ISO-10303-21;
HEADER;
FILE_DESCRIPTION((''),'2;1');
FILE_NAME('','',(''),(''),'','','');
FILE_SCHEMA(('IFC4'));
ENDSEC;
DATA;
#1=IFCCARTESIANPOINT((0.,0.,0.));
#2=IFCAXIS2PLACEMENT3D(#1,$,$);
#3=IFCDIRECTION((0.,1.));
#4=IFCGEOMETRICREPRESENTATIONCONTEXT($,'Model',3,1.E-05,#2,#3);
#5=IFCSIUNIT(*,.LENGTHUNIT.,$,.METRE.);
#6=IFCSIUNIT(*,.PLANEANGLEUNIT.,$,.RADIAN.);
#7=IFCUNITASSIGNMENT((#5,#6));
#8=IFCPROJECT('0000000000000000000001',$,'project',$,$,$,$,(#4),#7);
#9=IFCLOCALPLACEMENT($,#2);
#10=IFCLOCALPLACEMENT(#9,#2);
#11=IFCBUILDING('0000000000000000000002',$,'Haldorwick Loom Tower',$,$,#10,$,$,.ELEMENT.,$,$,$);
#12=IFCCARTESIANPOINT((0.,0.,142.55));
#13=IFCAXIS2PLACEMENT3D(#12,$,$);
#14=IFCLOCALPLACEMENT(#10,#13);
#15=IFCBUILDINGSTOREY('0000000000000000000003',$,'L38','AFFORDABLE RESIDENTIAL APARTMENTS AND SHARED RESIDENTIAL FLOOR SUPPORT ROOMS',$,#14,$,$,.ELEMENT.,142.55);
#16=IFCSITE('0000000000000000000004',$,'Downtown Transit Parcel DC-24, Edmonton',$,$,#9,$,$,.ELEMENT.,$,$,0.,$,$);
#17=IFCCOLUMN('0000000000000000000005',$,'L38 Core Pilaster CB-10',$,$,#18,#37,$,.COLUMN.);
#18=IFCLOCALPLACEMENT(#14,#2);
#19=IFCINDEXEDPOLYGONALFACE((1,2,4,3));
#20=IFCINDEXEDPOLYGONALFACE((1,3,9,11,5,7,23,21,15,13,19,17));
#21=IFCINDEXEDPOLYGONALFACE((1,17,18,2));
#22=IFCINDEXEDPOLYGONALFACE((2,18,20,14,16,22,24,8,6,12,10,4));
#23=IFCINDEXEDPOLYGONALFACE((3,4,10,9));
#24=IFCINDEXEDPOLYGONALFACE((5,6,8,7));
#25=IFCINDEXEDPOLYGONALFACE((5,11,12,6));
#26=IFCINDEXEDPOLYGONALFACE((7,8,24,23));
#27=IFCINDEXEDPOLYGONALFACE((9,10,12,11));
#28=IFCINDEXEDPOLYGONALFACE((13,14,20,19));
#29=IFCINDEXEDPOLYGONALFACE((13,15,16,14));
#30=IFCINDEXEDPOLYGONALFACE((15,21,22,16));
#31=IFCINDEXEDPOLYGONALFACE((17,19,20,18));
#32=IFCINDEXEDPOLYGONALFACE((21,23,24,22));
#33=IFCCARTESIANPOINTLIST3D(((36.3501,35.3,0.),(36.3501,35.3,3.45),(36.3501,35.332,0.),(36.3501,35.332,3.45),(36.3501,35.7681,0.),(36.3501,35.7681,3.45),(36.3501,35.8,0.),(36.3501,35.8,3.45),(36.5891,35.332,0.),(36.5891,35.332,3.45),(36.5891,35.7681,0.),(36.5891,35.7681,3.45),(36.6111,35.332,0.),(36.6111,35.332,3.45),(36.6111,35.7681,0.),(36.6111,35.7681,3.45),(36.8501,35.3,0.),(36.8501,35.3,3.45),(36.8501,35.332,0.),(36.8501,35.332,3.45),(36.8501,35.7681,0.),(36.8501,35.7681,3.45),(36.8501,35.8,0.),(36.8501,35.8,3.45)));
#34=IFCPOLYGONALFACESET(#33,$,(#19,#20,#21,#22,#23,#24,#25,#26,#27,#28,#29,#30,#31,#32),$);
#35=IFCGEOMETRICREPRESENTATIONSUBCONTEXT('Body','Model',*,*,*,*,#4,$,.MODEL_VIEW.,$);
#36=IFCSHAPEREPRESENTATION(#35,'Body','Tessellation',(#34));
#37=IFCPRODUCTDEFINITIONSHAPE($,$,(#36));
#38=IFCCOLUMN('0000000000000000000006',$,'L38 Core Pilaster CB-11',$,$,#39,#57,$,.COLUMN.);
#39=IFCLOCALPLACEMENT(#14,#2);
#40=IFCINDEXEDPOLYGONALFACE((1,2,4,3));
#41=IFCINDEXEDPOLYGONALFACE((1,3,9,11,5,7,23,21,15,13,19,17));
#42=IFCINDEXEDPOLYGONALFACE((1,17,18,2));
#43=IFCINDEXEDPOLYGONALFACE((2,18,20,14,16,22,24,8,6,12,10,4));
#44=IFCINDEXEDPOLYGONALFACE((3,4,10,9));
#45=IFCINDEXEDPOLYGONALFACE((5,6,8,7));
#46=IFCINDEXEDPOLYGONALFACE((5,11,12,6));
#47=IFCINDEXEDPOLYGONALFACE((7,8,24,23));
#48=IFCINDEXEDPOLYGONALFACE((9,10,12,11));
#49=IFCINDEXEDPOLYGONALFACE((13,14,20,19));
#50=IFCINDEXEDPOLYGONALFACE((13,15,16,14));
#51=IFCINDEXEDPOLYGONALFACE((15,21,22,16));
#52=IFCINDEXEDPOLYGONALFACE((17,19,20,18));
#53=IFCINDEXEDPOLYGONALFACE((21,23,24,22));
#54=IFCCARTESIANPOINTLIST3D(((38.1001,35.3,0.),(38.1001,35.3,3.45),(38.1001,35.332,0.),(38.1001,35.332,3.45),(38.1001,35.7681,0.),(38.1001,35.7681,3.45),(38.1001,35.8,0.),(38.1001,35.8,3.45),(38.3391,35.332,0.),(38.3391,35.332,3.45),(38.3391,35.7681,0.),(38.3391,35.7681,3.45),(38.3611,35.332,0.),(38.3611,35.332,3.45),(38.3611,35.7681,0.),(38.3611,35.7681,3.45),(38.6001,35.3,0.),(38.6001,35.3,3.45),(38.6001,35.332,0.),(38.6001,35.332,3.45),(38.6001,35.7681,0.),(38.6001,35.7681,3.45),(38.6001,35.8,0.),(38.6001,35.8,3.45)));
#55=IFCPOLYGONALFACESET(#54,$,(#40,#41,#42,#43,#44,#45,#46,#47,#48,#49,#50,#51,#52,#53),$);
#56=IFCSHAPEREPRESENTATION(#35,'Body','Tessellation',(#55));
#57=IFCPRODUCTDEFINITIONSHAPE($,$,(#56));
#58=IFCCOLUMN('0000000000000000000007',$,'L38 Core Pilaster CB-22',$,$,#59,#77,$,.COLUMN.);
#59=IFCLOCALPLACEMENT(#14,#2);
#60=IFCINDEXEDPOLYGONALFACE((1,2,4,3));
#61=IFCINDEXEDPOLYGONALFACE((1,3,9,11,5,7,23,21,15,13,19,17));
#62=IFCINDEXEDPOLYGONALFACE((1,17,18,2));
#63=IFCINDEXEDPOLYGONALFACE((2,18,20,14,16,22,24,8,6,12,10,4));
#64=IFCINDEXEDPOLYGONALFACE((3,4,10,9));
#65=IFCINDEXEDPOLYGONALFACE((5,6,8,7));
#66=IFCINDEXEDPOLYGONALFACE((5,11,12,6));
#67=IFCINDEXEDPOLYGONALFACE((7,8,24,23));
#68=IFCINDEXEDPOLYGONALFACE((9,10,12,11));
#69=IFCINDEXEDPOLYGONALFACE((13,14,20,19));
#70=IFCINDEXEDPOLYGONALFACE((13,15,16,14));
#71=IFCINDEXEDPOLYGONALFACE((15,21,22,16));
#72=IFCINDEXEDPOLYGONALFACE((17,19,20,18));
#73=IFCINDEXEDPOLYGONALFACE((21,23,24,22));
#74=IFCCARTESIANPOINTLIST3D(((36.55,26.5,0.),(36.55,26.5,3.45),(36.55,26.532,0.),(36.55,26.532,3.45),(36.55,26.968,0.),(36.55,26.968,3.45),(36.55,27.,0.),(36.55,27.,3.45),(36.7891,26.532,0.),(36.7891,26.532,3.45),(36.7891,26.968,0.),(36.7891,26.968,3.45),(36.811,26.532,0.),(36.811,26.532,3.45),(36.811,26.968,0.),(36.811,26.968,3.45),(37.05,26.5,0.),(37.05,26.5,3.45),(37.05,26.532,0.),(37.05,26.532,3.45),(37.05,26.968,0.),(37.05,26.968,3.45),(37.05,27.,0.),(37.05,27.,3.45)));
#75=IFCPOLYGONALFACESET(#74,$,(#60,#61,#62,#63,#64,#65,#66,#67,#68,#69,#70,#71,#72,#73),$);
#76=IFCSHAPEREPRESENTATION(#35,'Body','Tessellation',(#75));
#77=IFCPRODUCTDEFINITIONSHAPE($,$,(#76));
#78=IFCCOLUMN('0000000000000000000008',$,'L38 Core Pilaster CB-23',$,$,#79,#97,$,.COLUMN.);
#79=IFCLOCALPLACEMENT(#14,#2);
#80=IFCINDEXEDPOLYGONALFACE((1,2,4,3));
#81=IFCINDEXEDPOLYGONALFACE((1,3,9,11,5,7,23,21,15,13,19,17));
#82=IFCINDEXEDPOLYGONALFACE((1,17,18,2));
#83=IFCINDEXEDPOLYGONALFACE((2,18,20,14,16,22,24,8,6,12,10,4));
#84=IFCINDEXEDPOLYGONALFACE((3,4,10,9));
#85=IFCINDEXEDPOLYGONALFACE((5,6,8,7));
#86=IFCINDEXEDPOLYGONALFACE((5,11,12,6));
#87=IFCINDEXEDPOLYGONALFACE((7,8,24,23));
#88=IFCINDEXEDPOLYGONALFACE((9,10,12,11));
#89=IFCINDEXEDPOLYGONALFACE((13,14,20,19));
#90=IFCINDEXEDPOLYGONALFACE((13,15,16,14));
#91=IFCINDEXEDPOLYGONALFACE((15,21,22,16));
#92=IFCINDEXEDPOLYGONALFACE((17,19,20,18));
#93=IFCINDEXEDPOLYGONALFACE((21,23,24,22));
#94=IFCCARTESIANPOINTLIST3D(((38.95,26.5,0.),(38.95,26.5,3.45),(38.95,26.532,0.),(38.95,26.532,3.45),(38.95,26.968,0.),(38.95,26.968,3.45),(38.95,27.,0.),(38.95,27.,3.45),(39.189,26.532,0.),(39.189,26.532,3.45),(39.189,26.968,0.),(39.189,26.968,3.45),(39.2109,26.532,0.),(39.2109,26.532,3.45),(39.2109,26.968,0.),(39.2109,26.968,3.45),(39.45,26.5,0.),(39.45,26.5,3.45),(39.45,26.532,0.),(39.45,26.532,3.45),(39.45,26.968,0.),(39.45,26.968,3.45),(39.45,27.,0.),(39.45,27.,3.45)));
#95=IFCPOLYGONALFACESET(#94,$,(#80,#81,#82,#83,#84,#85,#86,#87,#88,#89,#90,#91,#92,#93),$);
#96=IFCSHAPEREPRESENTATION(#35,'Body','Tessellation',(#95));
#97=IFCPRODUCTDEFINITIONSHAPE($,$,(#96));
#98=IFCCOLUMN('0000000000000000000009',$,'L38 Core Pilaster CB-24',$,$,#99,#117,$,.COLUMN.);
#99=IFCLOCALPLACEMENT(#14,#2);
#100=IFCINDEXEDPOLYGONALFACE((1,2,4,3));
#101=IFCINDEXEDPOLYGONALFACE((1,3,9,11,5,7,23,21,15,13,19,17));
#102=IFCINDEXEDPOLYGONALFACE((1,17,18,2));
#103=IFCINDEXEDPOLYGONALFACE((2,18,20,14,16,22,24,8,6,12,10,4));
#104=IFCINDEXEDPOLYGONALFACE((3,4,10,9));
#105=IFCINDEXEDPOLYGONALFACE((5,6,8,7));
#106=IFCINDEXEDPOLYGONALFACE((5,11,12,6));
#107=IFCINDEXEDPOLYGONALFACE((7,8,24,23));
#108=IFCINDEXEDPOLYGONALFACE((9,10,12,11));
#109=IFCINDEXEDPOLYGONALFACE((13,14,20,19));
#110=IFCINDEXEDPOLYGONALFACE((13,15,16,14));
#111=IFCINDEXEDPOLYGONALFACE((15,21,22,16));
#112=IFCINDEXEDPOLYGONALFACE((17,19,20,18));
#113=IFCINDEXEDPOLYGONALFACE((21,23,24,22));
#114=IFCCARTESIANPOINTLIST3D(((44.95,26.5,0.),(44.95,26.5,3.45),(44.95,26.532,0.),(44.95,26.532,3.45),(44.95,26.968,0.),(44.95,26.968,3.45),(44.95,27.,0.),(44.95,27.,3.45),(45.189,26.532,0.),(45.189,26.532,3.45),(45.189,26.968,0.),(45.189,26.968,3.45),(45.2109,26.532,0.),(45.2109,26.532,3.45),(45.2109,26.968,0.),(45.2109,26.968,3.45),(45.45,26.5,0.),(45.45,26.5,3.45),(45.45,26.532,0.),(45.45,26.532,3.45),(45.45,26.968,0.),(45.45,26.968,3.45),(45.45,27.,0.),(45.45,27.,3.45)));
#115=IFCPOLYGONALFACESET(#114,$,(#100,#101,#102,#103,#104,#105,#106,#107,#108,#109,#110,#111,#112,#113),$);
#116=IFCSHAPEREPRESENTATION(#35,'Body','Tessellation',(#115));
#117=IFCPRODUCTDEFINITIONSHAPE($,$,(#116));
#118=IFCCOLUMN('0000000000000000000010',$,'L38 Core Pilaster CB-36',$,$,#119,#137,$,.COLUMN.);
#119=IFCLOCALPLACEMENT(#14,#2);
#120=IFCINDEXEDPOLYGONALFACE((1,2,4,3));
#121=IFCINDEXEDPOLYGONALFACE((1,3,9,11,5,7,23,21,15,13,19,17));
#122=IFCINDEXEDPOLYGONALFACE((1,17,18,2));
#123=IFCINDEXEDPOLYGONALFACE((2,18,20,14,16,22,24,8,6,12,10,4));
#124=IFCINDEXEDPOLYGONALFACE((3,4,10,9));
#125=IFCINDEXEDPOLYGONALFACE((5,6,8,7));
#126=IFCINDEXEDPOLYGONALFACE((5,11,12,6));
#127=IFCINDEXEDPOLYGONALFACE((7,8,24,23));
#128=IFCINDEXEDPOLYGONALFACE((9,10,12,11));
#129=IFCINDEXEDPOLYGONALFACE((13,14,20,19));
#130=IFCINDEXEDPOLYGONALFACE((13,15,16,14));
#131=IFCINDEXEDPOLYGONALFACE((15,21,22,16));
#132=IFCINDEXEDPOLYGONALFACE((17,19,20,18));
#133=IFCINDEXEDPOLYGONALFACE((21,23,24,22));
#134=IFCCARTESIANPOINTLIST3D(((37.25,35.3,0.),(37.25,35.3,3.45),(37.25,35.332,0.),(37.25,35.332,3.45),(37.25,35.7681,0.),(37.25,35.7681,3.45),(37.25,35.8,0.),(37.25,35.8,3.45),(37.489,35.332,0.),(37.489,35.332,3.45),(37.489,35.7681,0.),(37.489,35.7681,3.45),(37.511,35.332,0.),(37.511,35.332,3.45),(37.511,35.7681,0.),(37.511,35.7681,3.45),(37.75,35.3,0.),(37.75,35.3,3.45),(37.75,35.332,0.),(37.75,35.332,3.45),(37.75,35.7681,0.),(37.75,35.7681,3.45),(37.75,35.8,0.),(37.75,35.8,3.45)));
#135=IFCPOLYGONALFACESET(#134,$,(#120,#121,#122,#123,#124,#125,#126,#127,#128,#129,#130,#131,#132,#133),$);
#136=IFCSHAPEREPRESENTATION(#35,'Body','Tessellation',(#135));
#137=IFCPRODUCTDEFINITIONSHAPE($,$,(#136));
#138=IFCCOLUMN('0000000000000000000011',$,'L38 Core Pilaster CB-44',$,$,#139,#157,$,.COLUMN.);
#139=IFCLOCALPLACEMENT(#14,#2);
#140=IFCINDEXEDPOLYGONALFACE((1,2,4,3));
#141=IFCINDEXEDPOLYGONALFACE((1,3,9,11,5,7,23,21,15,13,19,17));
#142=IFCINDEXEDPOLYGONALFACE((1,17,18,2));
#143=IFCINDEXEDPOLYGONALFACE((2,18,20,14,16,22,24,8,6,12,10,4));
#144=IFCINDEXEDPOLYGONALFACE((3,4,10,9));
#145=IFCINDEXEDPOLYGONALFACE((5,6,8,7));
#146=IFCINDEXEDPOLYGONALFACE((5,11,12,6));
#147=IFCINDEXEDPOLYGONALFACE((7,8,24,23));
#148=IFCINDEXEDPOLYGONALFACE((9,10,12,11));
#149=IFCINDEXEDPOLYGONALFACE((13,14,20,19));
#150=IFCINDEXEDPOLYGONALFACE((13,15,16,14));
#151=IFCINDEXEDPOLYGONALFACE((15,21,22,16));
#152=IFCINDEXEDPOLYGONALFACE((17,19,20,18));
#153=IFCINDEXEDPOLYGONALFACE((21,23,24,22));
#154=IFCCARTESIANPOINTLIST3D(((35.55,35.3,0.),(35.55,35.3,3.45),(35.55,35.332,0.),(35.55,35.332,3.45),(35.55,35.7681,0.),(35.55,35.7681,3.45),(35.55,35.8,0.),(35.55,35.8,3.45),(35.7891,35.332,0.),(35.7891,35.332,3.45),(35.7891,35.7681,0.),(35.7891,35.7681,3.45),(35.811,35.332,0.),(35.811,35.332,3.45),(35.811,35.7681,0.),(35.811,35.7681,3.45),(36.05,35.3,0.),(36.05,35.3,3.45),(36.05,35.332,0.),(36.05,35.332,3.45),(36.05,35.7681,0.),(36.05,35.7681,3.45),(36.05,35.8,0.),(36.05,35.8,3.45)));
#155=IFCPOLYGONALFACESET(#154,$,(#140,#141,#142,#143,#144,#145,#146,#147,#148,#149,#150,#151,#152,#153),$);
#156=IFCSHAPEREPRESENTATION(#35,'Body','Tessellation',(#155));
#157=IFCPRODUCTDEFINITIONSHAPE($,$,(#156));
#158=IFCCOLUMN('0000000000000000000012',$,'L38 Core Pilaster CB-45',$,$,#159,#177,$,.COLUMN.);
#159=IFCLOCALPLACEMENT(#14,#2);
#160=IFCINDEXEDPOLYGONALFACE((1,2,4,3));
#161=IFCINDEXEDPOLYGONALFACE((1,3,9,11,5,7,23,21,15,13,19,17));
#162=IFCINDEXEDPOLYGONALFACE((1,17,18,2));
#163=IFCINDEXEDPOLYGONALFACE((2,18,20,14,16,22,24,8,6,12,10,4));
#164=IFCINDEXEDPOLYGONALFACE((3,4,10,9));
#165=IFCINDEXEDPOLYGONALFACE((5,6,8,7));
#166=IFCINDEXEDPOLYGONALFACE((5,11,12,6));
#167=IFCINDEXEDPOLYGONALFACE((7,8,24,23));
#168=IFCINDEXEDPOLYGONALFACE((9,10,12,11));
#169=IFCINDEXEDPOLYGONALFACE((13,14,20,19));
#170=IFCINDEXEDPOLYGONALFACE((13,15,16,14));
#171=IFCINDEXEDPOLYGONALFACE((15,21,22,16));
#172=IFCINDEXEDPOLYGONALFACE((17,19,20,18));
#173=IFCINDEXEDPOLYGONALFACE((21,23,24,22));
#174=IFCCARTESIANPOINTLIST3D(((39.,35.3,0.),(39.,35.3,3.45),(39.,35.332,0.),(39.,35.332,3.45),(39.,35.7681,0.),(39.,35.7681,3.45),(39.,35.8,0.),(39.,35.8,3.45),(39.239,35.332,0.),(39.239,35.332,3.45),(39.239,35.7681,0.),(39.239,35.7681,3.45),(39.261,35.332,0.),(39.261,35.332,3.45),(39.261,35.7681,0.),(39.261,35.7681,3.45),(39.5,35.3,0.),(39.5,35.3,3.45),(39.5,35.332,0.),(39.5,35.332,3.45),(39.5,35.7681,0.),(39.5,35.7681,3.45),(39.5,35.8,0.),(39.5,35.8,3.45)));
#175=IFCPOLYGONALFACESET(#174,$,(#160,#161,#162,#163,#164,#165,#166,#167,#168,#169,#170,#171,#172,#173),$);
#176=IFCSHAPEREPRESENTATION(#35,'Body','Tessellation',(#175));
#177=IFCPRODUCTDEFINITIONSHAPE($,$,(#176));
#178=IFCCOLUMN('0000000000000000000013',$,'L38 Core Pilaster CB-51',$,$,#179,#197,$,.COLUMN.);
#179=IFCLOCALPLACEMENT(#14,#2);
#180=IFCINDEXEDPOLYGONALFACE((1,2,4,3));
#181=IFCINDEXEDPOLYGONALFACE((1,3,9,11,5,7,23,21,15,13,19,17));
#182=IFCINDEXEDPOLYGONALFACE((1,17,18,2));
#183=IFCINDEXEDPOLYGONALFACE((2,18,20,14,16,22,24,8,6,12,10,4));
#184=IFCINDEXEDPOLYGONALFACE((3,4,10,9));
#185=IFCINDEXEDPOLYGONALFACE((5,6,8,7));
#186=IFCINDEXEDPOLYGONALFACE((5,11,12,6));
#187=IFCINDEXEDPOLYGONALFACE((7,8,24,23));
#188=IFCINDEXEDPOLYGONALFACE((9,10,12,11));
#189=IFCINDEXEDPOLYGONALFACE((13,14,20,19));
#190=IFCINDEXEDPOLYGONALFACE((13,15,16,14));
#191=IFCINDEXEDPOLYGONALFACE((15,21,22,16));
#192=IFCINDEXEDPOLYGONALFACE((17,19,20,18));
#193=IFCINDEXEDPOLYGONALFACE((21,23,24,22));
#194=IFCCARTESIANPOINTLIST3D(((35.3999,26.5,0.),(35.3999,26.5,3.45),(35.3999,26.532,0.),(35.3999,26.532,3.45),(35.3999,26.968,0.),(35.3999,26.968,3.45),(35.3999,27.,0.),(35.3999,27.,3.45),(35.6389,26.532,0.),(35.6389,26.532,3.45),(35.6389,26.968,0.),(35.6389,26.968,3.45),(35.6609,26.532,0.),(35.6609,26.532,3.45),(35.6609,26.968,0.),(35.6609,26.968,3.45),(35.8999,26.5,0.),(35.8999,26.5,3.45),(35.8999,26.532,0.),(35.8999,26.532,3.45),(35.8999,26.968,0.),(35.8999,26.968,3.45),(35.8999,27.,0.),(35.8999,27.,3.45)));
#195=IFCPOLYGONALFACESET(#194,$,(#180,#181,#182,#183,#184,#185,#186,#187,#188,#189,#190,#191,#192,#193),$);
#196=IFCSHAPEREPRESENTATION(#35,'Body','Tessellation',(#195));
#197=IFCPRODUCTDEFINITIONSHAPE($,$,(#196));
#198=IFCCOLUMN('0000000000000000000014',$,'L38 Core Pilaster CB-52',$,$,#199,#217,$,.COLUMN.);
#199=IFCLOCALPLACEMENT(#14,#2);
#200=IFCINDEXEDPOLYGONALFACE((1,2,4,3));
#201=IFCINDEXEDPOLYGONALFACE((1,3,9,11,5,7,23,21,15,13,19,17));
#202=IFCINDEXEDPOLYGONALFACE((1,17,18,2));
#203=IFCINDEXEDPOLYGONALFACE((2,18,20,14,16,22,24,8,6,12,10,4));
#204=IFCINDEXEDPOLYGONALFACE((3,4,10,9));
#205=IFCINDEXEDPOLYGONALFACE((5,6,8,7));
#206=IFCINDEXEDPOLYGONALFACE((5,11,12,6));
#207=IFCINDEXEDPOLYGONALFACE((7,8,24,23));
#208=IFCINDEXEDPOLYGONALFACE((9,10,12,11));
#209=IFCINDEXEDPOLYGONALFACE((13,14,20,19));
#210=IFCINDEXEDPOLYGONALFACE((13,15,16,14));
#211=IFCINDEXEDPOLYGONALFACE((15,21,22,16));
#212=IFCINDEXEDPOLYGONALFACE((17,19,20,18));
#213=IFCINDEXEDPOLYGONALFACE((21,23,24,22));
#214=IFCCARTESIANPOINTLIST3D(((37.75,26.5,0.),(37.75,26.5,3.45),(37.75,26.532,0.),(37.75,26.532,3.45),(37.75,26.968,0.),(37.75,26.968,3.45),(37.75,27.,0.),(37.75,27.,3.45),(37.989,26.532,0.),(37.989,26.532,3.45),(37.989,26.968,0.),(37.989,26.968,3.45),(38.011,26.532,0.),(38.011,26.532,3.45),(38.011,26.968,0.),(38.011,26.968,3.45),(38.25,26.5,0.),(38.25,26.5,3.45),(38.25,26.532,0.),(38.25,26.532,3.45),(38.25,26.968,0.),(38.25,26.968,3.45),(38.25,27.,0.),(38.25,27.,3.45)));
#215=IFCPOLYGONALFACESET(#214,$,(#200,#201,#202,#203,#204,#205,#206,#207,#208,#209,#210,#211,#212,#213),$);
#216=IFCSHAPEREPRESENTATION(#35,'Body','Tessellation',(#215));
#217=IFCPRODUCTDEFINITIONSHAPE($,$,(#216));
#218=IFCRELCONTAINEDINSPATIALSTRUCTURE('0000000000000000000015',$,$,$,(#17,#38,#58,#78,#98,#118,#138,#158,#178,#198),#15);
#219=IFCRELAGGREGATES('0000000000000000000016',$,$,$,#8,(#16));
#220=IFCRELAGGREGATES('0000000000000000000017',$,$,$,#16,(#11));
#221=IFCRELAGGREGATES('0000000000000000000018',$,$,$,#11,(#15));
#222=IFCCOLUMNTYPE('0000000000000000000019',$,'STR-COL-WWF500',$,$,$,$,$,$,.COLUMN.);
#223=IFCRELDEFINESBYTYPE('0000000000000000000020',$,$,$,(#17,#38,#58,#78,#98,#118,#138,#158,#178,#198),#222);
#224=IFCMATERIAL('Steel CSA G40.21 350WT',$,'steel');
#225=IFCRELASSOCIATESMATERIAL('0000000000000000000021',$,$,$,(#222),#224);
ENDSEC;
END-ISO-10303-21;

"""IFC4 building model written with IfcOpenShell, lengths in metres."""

from ifc_helpers import new_model, si_unit, direction, frame, origin, origin_2d, place, context, subcontext, project, spatial, i_section, extrude, material, material_profile, profile_set, type_object, element, save


model = new_model("IFC4")

# Units and contexts
model_context = context("Model", 3, precision=1e-05, world=origin(), true_north=direction((0.0, 1.0)))
body_context = subcontext(model_context, "Body", "Model", "MODEL_VIEW")
ifc_project = project(units=[si_unit("LENGTHUNIT", "METRE"), si_unit("PLANEANGLEUNIT", "RADIAN")], contexts=[model_context])

# Site, building, storey
site_placement = place(None, origin())
site = spatial("IfcSite", under=ifc_project, at=site_placement, Name="Downtown Transit Parcel DC-24, Edmonton", CompositionType="ELEMENT", RefElevation=0.0)
building_placement = place(site_placement, origin())
building = spatial("IfcBuilding", under=site, at=building_placement, Name="Haldorwick Loom Tower", CompositionType="ELEMENT")
storey_placement = place(building_placement, frame((0.0, 0.0, 142.55)))
storey = spatial("IfcBuildingStorey", under=building, at=storey_placement, Name="L38", Description="AFFORDABLE RESIDENTIAL APARTMENTS AND SHARED RESIDENTIAL FLOOR SUPPORT ROOMS", CompositionType="ELEMENT", Elevation=142.55)

# Columns
ifc_material_1 = material(Name="Steel CSA G40.21 350WT", Category="steel")
ifc_material_profile_1 = material_profile(ifc_material_1, i_section(OverallWidth=0.5, OverallDepth=0.5, WebThickness=0.022, FlangeThickness=0.032, at=origin_2d()), Name="WWF500X500", Category="steel")
ifc_profile_set_1 = profile_set([ifc_material_profile_1], Name="Steel CSA G40.21 350WT")
column_type = type_object("IfcColumnType", Name="STR-COL-WWF500", PredefinedType="COLUMN", material=ifc_profile_set_1)
for number, where, z_axis, x_axis, name in (
    (1, (36.6001, 35.55, 0.0), (0.0, 0.0, 1.0), (1.0, 0.0, 0.0), "L38 Core Pilaster CB-10"),
    (2, (38.3501, 35.55, 0.0), (0.0, 0.0, 1.0), (1.0, 0.0, 0.0), "L38 Core Pilaster CB-11"),
    (3, (36.8, 26.75, 0.0), (0.0, 0.0, 1.0), (1.0, 0.0, 0.0), "L38 Core Pilaster CB-22"),
    (4, (39.2, 26.75, 0.0), (0.0, 0.0, 1.0), (1.0, 0.0, 0.0), "L38 Core Pilaster CB-23"),
    (5, (45.2, 26.75, 0.0), (0.0, 0.0, 1.0), (1.0, 0.0, 0.0), "L38 Core Pilaster CB-24"),
    (6, (37.5, 35.55, 0.0), (0.0, 0.0, 1.0), (1.0, 0.0, 0.0), "L38 Core Pilaster CB-36"),
    (7, (35.8, 35.55, 0.0), (0.0, 0.0, 1.0), (1.0, 0.0, 0.0), "L38 Core Pilaster CB-44"),
    (8, (39.25, 35.55, 0.0), (0.0, 0.0, 1.0), (1.0, 0.0, 0.0), "L38 Core Pilaster CB-45"),
    (9, (35.6499, 26.75, 0.0), (0.0, 0.0, 1.0), (1.0, 0.0, 0.0), "L38 Core Pilaster CB-51"),
    (10, (38.0, 26.75, 0.0), (0.0, 0.0, 1.0), (1.0, 0.0, 0.0), "L38 Core Pilaster CB-52"),
):
    element("IfcColumn", number, at=place(storey_placement, frame(where, z_axis=z_axis, x_axis=x_axis)), inside=storey, type_object=column_type, Name=name, PredefinedType="COLUMN", context=body_context, shape_type="SweptSolid", body=[
        extrude(i_section(OverallWidth=0.5, OverallDepth=0.5, WebThickness=0.022, FlangeThickness=0.032, at=origin_2d()), origin(), (0.0, 0.0, 1.0), 3.45),
    ])

save(model, "model.ifc")
